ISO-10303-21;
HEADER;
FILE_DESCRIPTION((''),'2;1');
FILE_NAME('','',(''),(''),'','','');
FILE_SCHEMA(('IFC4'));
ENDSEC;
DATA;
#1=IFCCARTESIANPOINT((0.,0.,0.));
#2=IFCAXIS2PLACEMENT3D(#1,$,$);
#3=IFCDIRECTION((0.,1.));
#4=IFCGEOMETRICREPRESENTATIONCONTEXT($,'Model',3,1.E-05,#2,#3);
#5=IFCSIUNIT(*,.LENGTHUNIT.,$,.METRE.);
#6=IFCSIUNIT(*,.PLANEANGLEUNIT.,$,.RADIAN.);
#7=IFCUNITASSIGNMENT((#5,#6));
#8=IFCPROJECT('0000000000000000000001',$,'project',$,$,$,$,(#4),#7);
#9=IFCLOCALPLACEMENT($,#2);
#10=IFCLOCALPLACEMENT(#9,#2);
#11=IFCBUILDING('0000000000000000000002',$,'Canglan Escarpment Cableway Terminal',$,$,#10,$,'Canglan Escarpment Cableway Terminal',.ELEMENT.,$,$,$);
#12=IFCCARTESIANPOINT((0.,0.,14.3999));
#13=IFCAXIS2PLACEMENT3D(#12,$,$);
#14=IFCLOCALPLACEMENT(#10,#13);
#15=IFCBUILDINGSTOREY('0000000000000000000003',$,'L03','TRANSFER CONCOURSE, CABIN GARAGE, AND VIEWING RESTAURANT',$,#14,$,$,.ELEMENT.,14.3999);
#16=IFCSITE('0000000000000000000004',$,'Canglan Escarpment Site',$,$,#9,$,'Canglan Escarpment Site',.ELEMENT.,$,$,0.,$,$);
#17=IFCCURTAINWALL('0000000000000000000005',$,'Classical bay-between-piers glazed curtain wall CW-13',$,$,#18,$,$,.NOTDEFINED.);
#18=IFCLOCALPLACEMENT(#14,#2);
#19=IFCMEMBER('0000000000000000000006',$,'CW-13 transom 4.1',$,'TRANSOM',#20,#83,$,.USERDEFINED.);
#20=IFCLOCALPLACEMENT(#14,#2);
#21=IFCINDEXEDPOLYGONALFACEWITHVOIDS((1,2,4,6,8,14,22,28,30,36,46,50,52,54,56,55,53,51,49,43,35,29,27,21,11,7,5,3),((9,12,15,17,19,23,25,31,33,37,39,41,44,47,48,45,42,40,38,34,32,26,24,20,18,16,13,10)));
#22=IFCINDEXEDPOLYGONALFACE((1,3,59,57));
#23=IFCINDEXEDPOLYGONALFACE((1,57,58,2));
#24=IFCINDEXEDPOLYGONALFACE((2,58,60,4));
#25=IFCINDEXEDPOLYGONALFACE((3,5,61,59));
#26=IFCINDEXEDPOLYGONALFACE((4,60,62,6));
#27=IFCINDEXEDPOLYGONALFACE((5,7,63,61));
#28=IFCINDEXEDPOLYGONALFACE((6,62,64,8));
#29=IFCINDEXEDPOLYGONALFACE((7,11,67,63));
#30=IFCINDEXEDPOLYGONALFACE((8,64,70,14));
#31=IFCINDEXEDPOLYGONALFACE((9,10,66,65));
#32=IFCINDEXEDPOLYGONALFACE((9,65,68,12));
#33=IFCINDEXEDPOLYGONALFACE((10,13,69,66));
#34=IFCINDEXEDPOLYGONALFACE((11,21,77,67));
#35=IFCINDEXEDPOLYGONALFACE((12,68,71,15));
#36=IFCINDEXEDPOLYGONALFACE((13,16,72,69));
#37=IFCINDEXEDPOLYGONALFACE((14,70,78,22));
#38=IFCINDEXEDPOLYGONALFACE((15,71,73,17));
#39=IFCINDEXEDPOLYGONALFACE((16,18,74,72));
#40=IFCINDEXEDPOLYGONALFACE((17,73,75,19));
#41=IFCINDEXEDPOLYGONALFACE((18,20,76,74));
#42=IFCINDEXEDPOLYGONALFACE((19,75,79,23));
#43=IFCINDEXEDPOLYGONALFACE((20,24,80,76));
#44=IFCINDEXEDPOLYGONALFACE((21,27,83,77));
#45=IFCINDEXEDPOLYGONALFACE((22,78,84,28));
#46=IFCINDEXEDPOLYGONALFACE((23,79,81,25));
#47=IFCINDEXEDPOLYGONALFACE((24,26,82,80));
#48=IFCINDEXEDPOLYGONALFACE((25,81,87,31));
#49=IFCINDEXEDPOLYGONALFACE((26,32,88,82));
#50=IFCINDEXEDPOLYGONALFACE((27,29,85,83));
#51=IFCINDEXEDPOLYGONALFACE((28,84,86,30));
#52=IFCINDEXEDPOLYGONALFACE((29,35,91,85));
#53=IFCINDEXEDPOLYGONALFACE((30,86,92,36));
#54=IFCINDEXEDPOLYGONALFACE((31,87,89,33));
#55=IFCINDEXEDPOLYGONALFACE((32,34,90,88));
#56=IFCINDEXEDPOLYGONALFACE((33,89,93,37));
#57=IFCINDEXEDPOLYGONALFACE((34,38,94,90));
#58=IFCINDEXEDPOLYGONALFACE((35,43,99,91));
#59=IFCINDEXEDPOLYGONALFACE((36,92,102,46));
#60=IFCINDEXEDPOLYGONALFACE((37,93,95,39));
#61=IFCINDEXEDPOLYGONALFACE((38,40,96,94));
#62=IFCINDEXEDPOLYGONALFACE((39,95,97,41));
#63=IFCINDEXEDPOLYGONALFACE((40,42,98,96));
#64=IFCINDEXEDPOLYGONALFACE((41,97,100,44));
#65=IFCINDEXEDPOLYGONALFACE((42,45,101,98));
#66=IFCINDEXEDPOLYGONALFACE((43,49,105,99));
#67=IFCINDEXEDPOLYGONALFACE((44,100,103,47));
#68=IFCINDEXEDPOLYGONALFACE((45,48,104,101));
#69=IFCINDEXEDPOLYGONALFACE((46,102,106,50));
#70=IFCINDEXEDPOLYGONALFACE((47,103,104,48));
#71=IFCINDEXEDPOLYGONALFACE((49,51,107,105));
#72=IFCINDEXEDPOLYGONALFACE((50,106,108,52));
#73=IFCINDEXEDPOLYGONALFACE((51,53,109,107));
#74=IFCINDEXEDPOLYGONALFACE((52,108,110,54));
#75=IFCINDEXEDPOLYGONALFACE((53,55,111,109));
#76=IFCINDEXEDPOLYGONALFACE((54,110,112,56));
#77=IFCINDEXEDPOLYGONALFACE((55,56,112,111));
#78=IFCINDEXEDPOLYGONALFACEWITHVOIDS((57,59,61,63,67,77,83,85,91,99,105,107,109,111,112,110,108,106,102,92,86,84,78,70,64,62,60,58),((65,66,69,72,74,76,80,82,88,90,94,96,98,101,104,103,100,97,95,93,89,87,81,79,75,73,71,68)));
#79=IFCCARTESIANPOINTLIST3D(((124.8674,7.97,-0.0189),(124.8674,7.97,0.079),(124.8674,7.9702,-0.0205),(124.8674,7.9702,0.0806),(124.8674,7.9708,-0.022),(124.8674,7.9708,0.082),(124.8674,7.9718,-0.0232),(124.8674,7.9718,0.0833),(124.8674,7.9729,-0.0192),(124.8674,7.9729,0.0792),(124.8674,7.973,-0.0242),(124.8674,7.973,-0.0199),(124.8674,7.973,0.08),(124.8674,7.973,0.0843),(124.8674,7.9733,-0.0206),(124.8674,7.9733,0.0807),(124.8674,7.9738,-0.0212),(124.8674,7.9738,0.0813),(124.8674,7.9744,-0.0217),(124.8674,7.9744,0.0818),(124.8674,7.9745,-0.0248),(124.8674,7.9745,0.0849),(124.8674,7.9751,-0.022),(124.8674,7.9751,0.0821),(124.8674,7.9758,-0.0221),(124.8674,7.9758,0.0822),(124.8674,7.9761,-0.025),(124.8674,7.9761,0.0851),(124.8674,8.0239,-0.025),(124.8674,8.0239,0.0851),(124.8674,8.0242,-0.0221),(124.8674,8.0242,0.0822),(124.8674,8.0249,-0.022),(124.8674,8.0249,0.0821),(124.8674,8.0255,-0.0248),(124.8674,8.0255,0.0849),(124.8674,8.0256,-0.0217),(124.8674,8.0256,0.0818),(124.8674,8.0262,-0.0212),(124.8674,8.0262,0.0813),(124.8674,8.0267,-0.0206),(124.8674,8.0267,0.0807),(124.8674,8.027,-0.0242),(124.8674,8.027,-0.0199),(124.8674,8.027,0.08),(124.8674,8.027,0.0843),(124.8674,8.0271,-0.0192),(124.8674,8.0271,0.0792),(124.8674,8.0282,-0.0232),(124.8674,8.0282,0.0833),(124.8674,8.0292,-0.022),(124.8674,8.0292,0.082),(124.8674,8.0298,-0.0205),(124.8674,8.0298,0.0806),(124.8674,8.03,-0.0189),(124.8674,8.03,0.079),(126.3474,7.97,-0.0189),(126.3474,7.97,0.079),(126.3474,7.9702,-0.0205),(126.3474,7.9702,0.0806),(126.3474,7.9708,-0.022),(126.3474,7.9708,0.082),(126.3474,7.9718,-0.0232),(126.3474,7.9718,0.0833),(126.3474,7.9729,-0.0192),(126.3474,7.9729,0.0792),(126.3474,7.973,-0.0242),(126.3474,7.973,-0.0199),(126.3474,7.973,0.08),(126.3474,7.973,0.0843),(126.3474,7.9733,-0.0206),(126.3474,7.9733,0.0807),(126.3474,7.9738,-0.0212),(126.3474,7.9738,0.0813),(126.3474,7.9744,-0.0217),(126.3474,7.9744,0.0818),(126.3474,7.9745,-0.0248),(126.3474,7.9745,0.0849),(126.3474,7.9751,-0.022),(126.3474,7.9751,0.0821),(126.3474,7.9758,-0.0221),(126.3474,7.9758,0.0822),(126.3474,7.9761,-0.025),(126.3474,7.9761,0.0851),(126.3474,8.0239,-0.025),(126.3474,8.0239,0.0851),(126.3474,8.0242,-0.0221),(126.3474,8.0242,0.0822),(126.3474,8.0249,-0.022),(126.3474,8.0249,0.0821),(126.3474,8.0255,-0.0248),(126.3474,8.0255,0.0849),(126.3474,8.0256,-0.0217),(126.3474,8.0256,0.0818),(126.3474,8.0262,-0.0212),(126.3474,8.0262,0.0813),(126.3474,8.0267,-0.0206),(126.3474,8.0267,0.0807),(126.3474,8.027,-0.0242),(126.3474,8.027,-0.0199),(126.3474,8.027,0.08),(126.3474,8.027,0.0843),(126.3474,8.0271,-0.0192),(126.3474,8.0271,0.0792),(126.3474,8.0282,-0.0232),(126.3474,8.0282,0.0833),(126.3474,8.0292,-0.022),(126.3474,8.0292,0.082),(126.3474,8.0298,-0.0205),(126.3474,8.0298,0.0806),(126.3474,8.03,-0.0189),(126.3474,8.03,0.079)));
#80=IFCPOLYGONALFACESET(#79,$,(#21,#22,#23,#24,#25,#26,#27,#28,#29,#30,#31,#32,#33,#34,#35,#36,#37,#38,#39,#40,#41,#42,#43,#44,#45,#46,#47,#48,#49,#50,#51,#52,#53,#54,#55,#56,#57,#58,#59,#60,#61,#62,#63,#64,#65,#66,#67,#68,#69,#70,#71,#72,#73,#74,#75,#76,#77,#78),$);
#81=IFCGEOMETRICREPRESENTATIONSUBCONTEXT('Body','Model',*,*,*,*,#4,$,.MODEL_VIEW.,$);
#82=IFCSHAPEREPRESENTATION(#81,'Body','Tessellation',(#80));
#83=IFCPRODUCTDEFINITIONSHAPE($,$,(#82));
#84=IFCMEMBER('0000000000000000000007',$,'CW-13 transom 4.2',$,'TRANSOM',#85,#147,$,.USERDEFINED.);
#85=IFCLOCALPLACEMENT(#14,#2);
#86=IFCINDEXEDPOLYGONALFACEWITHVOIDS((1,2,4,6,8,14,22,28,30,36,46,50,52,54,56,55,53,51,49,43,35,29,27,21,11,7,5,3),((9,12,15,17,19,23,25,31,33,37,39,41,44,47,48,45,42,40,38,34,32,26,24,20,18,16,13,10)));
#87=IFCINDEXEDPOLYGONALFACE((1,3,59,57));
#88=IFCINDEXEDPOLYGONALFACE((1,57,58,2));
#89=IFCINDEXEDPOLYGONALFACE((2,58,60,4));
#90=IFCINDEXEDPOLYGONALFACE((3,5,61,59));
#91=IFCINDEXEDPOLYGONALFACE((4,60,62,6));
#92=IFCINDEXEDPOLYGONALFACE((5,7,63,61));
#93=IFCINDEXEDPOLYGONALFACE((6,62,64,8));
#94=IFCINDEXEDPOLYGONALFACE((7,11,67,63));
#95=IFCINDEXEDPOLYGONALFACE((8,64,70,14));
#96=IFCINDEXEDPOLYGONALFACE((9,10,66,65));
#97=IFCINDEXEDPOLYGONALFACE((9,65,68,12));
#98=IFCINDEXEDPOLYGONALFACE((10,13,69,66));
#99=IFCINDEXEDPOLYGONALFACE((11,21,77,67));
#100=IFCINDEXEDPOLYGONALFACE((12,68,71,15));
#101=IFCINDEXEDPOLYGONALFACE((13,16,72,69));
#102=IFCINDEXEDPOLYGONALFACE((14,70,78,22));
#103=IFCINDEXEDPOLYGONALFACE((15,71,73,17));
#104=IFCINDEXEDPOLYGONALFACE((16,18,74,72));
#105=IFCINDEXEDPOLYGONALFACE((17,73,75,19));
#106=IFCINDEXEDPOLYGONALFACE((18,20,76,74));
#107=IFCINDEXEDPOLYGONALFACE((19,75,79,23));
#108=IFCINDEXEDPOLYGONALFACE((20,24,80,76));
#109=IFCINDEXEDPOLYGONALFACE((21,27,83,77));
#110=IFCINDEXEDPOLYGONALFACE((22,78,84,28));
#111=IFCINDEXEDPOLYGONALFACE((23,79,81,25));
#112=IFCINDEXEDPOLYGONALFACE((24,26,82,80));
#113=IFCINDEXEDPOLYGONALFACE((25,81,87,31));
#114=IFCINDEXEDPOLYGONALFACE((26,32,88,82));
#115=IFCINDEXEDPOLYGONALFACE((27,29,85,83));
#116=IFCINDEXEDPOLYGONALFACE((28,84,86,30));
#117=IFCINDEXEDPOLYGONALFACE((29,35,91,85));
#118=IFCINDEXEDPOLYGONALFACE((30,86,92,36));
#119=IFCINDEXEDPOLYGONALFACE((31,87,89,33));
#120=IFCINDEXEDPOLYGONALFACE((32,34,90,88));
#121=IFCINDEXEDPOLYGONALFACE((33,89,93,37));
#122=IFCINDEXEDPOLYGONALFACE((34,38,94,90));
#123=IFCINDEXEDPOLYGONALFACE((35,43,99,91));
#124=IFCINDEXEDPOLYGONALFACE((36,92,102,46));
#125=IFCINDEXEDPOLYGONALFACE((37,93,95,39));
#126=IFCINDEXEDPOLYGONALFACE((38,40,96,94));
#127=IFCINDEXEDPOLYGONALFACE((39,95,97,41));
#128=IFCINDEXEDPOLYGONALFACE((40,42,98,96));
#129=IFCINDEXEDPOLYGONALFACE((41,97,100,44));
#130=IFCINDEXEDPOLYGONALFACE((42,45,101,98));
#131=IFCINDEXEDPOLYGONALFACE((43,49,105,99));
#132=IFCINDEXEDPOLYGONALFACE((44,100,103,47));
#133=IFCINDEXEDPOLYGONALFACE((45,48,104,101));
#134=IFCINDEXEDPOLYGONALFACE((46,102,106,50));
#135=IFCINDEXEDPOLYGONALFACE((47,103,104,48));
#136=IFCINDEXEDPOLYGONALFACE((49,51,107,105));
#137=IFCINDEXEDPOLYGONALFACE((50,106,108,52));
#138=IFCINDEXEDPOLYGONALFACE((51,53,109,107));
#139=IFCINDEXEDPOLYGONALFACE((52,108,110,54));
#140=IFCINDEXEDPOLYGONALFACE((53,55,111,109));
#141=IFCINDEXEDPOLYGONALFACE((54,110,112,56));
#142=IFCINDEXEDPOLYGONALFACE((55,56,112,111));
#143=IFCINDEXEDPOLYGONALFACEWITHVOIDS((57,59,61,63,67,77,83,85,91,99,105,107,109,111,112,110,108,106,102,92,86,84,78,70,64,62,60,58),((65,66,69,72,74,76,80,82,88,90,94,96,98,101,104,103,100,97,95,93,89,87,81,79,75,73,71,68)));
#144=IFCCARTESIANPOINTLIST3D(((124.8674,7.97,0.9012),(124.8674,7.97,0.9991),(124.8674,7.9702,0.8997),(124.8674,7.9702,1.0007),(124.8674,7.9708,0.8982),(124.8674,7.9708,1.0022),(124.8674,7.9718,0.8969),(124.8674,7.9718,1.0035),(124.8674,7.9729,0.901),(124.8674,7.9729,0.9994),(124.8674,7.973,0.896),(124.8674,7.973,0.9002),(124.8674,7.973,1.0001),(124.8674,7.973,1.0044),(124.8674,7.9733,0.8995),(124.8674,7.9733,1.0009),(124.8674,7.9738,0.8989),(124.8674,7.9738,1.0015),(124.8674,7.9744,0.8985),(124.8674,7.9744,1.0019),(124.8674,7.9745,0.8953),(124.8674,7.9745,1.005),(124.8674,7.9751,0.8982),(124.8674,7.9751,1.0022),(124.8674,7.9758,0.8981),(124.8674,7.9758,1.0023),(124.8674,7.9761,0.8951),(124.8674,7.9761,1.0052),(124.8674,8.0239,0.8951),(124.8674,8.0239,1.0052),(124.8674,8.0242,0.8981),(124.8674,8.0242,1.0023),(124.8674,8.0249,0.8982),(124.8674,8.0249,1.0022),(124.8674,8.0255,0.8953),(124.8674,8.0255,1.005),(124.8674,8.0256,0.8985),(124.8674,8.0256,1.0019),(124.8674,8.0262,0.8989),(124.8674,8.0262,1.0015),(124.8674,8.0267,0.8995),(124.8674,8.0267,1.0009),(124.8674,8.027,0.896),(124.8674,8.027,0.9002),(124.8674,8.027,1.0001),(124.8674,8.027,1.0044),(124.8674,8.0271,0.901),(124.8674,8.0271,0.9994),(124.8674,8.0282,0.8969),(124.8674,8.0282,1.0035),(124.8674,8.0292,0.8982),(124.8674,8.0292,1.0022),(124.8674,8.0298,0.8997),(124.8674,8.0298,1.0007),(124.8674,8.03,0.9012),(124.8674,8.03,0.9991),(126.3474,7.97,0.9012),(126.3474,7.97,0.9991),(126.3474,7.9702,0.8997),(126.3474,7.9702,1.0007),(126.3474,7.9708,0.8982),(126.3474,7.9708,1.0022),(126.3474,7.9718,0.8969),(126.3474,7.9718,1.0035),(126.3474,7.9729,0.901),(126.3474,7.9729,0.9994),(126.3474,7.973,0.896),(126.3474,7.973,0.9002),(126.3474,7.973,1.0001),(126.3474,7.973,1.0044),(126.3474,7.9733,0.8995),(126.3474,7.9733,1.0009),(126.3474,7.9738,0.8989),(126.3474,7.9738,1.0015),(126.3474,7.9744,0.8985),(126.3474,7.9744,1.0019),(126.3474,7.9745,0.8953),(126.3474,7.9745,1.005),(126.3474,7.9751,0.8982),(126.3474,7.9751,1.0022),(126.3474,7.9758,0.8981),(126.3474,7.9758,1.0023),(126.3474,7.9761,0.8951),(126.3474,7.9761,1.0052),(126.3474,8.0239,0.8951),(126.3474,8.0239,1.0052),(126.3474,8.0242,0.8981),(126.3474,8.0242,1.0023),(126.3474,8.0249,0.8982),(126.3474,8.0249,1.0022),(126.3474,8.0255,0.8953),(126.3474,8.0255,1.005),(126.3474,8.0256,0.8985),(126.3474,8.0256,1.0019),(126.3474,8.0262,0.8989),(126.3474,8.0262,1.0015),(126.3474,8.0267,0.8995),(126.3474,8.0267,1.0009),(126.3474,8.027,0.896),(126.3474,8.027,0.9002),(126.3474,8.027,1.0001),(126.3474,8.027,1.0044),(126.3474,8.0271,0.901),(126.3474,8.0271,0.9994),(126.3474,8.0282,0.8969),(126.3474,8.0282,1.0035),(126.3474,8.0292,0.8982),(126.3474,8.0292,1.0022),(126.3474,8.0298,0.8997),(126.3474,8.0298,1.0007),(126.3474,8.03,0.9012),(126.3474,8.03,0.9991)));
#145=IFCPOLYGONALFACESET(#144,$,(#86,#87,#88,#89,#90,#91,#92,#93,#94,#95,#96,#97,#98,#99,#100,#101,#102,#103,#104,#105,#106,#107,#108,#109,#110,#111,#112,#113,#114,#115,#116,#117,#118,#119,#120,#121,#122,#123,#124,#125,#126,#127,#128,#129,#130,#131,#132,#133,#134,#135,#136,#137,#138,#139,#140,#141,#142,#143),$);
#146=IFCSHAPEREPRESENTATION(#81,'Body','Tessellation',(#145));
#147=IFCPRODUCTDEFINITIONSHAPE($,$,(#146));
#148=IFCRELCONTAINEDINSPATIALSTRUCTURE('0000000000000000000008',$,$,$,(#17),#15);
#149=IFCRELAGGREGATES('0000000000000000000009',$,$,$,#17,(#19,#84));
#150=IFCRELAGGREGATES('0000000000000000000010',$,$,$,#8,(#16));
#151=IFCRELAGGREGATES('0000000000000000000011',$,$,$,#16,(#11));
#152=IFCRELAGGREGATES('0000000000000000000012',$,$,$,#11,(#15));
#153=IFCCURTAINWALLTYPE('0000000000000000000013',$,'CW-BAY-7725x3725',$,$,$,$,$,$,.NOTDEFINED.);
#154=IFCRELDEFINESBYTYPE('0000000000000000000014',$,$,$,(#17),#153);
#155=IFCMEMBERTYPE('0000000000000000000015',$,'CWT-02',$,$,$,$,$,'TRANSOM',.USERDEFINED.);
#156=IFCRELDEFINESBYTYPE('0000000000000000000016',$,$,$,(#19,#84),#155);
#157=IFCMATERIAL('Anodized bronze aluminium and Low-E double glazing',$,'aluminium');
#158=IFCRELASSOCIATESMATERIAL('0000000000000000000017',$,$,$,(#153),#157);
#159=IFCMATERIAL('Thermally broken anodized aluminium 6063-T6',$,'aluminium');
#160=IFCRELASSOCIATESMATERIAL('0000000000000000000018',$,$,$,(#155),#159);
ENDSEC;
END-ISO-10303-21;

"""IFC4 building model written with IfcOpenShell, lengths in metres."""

from ifc_helpers import new_model, si_unit, direction, frame, origin, origin_2d, place, context, subcontext, project, spatial, hollow_rectangle, extrude, material, material_profile, profile_set, type_object, element, aggregate, save


model = new_model("IFC4")

# Units and contexts
model_context = context("Model", 3, precision=1e-05, world=origin(), true_north=direction((0.0, 1.0)))
body_context = subcontext(model_context, "Body", "Model", "MODEL_VIEW")
ifc_project = project(units=[si_unit("LENGTHUNIT", "METRE"), si_unit("PLANEANGLEUNIT", "RADIAN")], contexts=[model_context])

# Site, building, storey
site_placement = place(None, origin())
site = spatial("IfcSite", under=ifc_project, at=site_placement, Name="Canglan Escarpment Site", LongName="Canglan Escarpment Site", CompositionType="ELEMENT", RefElevation=0.0)
building_placement = place(site_placement, origin())
building = spatial("IfcBuilding", under=site, at=building_placement, Name="Canglan Escarpment Cableway Terminal", LongName="Canglan Escarpment Cableway Terminal", CompositionType="ELEMENT")
storey_placement = place(building_placement, frame((0.0, 0.0, 14.3999)))
storey = spatial("IfcBuildingStorey", under=building, at=storey_placement, Name="L03", Description="TRANSFER CONCOURSE, CABIN GARAGE, AND VIEWING RESTAURANT", CompositionType="ELEMENT", Elevation=14.3999)

# Curtain wall, members
ifc_material_1 = material(Name="Anodized bronze aluminium and Low-E double glazing", Category="aluminium")
curtain_wall_type = type_object("IfcCurtainWallType", Name="CW-BAY-7725x3725", PredefinedType="NOTDEFINED", material=ifc_material_1)
curtain_wall_placement = place(storey_placement, origin())
curtain_wall = element("IfcCurtainWall", 1, at=curtain_wall_placement, inside=storey, type_object=curtain_wall_type, Name="Classical bay-between-piers glazed curtain wall CW-13", PredefinedType="NOTDEFINED")
ifc_material_2 = material(Name="Thermally broken anodized aluminium 6063-T6", Category="aluminium")
ifc_material_profile_1 = material_profile(ifc_material_2, hollow_rectangle(XDim=0.0601, YDim=0.1101, WallThickness=0.0029, InnerFilletRadius=0.0029, OuterFilletRadius=0.0061, at=origin_2d()), Name="ALU-TRAN 60x110x3")
ifc_profile_set_1 = profile_set([ifc_material_profile_1], Name="Thermally broken anodized aluminium 6063-T6")
member_type_1 = type_object("IfcMemberType", Name="CWT-02", ElementType="TRANSOM", PredefinedType="USERDEFINED", material=ifc_profile_set_1)
member_1_placement = place(storey_placement, frame((124.8674, 8.0, 0.03), z_axis=(1.0, 0.0, 0.0), x_axis=(0.0, 1.0, 0.0)))
member_1 = element("IfcMember", 2, at=member_1_placement, type_object=member_type_1, Name="CW-13 transom 4.1", ObjectType="TRANSOM", PredefinedType="USERDEFINED", context=body_context, shape_type="SweptSolid", body=[
    extrude(hollow_rectangle(XDim=0.0601, YDim=0.1101, WallThickness=0.0029, InnerFilletRadius=0.0029, OuterFilletRadius=0.0061, at=origin_2d()), origin(), (0.0, 0.0, 1.0), 1.48),
])
member_2_placement = place(storey_placement, frame((124.8674, 8.0, 0.9502), z_axis=(1.0, 0.0, 0.0), x_axis=(0.0, 1.0, 0.0)))
member_2 = element("IfcMember", 3, at=member_2_placement, type_object=member_type_1, Name="CW-13 transom 4.2", ObjectType="TRANSOM", PredefinedType="USERDEFINED", context=body_context, shape_type="SweptSolid", body=[
    extrude(hollow_rectangle(XDim=0.0601, YDim=0.1101, WallThickness=0.0029, InnerFilletRadius=0.0029, OuterFilletRadius=0.0061, at=origin_2d()), origin(), (0.0, 0.0, 1.0), 1.48),
])

aggregate(curtain_wall, [member_1, member_2])

save(model, "model.ifc")
